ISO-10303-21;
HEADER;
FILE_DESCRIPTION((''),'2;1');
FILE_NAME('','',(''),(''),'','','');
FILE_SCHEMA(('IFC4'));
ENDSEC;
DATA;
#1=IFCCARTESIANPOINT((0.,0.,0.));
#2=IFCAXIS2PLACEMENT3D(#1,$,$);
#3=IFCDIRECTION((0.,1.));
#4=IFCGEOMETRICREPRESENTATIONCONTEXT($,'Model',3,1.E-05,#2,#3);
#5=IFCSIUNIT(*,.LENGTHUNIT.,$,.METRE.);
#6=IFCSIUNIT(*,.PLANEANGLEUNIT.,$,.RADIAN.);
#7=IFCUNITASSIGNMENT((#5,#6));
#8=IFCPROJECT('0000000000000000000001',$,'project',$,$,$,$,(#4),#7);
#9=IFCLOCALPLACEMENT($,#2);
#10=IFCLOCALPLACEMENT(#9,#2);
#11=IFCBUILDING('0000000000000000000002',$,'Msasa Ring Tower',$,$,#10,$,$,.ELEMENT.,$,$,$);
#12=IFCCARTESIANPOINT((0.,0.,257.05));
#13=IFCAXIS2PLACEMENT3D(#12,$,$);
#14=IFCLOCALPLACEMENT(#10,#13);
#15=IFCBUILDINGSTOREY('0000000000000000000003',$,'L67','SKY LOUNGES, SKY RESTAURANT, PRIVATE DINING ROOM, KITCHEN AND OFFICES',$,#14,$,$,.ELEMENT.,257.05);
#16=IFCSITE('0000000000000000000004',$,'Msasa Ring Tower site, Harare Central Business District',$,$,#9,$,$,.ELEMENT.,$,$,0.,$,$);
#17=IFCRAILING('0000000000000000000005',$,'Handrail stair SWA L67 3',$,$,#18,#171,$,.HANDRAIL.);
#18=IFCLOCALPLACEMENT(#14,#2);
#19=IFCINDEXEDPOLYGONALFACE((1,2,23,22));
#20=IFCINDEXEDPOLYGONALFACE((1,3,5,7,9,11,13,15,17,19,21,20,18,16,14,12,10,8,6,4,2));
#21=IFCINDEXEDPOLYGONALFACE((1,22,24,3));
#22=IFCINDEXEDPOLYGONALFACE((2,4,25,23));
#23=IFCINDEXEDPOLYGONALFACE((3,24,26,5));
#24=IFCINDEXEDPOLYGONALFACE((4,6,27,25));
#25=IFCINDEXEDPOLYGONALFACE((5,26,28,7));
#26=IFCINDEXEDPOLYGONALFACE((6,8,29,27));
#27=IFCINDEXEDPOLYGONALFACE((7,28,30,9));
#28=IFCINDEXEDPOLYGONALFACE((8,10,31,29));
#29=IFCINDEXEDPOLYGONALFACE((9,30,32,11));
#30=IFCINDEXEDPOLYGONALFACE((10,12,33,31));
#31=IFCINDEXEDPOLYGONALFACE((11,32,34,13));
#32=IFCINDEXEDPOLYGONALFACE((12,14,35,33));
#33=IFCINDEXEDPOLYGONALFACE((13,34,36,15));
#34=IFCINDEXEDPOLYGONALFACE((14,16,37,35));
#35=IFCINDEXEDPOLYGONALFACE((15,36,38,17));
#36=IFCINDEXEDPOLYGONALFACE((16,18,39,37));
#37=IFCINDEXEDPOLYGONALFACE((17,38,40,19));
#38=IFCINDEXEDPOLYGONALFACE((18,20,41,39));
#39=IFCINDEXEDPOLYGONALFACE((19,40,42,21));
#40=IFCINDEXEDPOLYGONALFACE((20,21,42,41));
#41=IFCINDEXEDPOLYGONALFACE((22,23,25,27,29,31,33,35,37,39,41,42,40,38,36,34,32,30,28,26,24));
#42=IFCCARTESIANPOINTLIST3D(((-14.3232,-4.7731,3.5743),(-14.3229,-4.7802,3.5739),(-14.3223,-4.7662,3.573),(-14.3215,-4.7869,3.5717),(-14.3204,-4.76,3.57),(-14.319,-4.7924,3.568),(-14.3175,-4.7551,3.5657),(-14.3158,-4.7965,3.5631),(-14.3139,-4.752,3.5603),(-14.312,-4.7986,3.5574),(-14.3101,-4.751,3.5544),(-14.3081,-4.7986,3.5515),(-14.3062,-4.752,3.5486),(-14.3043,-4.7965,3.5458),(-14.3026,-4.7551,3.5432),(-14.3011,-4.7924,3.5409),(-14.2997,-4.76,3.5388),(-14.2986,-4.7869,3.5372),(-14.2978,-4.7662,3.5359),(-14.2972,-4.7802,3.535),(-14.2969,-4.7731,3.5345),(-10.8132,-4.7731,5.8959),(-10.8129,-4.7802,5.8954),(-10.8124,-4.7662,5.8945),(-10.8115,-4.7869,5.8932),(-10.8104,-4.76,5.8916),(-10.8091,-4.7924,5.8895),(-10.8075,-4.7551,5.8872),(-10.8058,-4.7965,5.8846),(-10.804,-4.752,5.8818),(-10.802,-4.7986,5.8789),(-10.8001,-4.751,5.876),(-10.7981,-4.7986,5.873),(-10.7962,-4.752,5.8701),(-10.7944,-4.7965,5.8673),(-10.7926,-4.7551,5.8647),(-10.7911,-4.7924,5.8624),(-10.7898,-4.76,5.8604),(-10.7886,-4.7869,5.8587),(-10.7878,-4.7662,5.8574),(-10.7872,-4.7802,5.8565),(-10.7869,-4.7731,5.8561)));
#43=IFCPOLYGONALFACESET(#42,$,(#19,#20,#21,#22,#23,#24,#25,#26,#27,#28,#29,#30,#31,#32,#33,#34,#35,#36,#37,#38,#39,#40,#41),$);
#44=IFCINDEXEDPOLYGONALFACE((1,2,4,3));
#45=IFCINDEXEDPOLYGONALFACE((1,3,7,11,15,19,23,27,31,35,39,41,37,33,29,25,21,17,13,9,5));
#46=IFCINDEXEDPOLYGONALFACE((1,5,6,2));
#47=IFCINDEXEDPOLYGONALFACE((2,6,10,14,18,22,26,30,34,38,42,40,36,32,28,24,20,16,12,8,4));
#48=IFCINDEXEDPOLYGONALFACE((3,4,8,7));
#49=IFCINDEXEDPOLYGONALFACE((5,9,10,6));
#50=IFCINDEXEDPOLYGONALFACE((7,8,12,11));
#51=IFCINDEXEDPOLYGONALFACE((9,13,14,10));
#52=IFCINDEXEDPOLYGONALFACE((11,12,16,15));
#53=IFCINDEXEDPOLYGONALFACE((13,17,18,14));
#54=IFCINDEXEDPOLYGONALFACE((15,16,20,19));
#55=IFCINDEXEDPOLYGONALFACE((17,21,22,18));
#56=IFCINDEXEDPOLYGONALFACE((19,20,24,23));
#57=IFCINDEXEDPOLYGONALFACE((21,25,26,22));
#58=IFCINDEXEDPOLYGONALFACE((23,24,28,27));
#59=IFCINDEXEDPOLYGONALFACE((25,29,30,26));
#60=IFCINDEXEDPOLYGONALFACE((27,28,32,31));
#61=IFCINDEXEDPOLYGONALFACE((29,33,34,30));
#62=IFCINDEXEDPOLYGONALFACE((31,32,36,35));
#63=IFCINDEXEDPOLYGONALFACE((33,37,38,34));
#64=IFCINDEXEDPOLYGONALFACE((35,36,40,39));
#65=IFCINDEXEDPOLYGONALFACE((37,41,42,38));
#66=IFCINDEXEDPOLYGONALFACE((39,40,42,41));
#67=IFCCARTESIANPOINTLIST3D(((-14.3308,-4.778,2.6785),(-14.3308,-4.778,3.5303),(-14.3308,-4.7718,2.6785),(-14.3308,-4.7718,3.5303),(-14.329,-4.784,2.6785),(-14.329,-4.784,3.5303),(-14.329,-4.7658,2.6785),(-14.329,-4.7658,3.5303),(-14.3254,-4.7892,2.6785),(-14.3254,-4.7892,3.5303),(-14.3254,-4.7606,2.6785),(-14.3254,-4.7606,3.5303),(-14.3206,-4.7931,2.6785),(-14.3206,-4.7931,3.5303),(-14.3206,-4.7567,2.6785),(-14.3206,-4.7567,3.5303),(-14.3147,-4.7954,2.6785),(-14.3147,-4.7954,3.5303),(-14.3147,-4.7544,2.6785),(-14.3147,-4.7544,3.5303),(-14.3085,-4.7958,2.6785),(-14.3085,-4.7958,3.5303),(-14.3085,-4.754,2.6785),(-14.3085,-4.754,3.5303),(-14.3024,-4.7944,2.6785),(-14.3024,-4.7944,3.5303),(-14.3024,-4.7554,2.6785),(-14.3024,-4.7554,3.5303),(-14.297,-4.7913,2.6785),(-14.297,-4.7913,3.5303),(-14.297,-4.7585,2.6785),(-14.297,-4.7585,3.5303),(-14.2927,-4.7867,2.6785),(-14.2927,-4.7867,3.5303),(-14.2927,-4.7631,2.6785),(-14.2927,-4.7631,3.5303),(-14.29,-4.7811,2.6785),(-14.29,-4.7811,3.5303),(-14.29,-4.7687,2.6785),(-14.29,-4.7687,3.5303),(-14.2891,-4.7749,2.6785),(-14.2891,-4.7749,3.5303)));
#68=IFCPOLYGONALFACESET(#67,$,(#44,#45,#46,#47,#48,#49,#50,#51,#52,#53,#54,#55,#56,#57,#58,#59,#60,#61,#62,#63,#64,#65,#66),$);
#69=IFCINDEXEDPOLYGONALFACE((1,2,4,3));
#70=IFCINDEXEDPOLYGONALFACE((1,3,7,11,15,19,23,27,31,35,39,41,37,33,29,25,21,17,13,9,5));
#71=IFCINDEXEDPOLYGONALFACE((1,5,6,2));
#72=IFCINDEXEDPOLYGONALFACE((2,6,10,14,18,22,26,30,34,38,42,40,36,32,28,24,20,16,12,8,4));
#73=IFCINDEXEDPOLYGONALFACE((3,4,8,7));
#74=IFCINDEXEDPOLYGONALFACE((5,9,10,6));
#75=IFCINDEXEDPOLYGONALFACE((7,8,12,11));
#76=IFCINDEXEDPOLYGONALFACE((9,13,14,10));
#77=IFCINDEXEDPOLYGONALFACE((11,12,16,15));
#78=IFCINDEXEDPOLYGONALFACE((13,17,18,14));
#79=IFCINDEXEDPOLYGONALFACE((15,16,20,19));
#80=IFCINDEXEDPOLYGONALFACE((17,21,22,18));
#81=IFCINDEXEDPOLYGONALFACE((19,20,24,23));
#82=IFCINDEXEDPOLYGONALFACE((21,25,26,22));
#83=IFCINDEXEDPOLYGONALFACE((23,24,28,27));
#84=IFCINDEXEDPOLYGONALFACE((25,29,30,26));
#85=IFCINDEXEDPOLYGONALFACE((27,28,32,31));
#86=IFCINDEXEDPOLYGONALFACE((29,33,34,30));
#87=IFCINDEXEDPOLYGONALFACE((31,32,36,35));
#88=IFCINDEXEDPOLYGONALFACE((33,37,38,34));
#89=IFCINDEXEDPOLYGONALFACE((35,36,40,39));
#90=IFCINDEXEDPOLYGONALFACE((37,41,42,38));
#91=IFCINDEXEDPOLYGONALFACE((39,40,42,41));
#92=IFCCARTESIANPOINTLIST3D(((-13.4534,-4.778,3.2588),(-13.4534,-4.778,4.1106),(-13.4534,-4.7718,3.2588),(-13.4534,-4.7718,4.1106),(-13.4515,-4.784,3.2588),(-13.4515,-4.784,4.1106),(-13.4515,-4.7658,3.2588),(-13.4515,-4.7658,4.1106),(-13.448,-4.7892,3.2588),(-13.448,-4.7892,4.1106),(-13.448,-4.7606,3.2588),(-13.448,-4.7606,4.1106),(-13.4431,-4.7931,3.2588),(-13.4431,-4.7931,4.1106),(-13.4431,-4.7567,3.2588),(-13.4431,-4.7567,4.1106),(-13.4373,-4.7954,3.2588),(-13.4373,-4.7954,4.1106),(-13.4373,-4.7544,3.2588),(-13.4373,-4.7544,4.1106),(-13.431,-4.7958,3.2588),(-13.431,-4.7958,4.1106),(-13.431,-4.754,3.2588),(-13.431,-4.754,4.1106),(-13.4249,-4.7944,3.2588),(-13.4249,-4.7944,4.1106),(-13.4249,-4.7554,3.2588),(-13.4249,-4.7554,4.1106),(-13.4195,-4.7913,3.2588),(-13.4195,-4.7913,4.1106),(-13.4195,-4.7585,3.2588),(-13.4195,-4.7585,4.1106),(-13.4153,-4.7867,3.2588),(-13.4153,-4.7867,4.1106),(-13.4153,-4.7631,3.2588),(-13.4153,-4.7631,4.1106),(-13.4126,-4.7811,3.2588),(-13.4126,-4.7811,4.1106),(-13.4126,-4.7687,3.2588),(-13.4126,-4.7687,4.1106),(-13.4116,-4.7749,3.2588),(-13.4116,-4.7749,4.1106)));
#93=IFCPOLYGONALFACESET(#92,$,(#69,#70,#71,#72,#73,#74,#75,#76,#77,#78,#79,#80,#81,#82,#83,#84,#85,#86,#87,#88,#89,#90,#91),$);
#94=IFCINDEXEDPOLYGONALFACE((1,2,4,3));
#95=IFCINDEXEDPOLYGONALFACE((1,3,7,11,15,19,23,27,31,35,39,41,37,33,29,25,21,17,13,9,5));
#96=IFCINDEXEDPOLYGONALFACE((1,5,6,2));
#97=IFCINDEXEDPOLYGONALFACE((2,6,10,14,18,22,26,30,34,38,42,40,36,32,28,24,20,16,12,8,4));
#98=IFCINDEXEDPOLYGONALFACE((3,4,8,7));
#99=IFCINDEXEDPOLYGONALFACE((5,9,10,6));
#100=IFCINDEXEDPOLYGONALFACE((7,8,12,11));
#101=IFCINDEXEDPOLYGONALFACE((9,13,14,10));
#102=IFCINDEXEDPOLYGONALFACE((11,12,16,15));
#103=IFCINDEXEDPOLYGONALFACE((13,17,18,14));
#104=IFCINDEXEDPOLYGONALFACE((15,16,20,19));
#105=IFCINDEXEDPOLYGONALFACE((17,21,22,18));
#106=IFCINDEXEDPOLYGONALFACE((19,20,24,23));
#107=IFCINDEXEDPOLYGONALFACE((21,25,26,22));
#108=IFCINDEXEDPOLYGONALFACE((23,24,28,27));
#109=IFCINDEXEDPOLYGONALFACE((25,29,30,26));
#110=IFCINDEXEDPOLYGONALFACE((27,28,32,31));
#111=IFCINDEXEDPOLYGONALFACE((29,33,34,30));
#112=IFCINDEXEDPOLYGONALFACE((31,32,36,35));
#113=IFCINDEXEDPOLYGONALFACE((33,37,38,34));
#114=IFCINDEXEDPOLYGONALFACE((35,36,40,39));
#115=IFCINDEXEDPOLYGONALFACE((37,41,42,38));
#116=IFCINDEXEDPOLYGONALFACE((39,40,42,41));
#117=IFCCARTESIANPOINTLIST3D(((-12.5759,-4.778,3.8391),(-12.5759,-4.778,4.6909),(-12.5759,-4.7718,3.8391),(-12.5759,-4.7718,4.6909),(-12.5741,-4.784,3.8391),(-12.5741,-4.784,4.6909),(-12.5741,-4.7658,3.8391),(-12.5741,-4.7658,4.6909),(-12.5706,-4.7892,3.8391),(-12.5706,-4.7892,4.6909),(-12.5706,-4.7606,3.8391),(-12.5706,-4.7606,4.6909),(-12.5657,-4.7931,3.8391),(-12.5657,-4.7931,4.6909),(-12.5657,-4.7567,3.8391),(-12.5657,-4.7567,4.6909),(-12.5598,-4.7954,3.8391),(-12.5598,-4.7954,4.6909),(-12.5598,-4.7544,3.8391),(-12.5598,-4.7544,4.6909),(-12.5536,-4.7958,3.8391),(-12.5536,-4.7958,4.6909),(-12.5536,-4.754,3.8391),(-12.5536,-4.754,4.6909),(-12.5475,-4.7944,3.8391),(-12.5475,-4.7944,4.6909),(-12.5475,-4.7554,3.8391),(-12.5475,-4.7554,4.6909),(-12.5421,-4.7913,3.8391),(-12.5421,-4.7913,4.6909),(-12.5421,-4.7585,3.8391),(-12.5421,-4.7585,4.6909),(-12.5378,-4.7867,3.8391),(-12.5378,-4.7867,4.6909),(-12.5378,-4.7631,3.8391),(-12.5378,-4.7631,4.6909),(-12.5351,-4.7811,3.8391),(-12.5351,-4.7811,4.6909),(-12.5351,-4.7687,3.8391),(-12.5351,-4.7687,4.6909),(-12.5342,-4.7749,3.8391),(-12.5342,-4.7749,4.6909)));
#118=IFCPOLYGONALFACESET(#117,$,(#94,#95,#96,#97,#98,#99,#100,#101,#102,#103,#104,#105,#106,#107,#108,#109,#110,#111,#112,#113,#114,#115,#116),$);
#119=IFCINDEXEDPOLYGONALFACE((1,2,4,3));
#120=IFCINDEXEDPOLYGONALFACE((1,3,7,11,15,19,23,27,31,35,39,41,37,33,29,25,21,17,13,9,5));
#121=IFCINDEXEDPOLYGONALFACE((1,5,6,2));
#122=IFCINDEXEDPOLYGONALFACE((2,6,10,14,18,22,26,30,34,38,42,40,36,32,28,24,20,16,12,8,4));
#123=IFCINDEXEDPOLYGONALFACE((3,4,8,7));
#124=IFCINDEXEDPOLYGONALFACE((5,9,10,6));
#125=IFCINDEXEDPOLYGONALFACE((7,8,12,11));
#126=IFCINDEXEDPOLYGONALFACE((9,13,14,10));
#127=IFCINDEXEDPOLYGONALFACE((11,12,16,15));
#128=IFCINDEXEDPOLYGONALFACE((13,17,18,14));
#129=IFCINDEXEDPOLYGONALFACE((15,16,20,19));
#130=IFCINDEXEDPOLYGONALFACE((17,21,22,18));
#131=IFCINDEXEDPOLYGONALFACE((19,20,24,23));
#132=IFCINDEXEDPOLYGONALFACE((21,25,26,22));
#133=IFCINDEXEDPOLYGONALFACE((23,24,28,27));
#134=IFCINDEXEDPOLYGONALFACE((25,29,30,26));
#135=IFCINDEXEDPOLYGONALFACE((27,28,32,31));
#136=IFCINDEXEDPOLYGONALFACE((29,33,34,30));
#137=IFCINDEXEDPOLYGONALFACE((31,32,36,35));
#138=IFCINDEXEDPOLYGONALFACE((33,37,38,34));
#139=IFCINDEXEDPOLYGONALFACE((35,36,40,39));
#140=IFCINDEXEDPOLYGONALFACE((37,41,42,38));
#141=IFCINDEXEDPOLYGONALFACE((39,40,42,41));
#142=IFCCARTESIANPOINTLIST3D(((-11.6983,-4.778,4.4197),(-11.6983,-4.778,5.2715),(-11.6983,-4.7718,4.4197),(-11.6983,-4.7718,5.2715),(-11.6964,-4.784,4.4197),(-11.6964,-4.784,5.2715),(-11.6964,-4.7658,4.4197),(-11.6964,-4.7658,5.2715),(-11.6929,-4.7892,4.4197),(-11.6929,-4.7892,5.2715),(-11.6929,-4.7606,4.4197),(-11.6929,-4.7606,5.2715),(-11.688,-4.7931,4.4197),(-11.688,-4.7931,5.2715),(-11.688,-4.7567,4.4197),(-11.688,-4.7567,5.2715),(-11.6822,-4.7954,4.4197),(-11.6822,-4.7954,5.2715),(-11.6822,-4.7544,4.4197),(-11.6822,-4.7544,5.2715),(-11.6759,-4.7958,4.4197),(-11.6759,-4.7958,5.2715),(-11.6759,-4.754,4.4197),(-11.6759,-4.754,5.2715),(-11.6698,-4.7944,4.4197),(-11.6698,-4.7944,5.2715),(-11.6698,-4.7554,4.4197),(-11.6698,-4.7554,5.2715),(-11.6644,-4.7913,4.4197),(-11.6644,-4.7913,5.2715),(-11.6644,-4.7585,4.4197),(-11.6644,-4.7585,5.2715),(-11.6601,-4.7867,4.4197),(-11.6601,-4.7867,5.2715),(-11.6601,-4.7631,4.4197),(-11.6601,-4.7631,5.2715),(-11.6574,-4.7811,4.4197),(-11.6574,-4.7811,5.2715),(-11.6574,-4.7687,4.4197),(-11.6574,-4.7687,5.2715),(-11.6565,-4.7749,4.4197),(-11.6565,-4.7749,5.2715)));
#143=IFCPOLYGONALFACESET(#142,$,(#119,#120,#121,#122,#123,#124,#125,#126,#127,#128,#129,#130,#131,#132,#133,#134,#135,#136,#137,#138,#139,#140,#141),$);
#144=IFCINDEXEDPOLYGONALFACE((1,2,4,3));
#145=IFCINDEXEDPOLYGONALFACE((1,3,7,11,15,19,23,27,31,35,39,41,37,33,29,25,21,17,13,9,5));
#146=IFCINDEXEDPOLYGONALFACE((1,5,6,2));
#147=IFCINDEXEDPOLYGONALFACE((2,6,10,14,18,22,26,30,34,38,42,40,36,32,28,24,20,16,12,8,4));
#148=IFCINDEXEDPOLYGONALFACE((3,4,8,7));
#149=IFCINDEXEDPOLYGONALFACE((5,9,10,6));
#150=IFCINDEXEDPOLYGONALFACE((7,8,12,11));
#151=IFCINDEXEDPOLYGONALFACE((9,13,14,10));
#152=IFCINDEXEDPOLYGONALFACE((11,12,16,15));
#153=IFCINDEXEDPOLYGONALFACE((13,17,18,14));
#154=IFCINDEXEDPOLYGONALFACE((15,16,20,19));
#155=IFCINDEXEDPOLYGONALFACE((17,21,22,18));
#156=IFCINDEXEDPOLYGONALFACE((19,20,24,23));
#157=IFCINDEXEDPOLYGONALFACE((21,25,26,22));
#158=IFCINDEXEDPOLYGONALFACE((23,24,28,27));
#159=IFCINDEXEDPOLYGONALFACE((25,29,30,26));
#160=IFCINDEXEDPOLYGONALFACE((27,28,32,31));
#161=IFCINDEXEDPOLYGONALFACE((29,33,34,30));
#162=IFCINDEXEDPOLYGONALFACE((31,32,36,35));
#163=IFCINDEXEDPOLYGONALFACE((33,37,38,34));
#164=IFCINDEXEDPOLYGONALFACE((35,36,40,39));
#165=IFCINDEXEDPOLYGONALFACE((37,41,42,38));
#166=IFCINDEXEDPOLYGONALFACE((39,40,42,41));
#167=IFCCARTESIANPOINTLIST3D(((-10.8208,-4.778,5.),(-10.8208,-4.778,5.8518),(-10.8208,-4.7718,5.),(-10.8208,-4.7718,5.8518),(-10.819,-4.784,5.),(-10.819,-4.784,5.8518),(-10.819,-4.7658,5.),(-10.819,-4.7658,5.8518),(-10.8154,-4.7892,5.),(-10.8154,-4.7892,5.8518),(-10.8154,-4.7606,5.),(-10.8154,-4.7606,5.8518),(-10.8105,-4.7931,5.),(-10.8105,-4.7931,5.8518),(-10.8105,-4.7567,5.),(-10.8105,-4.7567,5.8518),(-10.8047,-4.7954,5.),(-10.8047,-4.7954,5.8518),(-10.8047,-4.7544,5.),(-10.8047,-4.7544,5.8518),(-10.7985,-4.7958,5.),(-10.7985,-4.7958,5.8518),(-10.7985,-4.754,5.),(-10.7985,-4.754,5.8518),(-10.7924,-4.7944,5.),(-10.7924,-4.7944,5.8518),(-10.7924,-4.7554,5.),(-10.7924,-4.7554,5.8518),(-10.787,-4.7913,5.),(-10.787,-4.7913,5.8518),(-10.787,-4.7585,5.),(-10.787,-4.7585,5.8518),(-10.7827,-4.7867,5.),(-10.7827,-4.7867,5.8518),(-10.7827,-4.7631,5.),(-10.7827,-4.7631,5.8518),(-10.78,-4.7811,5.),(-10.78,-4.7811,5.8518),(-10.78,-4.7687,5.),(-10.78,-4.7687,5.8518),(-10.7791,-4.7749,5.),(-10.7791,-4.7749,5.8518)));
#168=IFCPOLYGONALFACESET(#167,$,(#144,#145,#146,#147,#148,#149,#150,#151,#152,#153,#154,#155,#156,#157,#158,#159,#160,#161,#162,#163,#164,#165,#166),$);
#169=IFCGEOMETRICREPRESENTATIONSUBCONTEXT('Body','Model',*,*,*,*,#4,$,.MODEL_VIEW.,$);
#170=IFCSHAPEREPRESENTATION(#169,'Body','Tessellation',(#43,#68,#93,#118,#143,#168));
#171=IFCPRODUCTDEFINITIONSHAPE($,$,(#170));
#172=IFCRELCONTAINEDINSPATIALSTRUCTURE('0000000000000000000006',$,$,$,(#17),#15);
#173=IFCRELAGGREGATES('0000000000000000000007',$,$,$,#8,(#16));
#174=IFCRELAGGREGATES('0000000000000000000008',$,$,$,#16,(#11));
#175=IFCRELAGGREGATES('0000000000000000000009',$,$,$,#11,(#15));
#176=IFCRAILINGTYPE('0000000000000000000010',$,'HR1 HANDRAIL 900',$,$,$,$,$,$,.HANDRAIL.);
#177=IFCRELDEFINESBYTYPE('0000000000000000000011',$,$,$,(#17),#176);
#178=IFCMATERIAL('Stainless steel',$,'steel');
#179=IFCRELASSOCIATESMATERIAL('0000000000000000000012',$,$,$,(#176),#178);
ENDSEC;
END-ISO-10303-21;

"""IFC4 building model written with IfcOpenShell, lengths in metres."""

from ifc_helpers import new_model, si_unit, direction, frame, origin, origin_2d, place, context, subcontext, project, spatial, circle, extrude, material, type_object, element, save


model = new_model("IFC4")

# Units and contexts
model_context = context("Model", 3, precision=1e-05, world=origin(), true_north=direction((0.0, 1.0)))
body_context = subcontext(model_context, "Body", "Model", "MODEL_VIEW")
ifc_project = project(units=[si_unit("LENGTHUNIT", "METRE"), si_unit("PLANEANGLEUNIT", "RADIAN")], contexts=[model_context])

# Site, building, storey
site_placement = place(None, origin())
site = spatial("IfcSite", under=ifc_project, at=site_placement, Name="Msasa Ring Tower site, Harare Central Business District", CompositionType="ELEMENT", RefElevation=0.0)
building_placement = place(site_placement, origin())
building = spatial("IfcBuilding", under=site, at=building_placement, Name="Msasa Ring Tower", CompositionType="ELEMENT")
storey_placement = place(building_placement, frame((0.0, 0.0, 257.05)))
storey = spatial("IfcBuildingStorey", under=building, at=storey_placement, Name="L67", Description="SKY LOUNGES, SKY RESTAURANT, PRIVATE DINING ROOM, KITCHEN AND OFFICES", CompositionType="ELEMENT", Elevation=257.05)

# Railing
ifc_material_1 = material(Name="Stainless steel", Category="steel")
railing_type = type_object("IfcRailingType", Name="HR1 HANDRAIL 900", PredefinedType="HANDRAIL", material=ifc_material_1)
for number, where, name in (
    (1, (-14.3101, -4.7749, 2.6785), "Handrail stair SWA L67 3"),
):
    element("IfcRailing", number, at=place(storey_placement, frame(where)), inside=storey, type_object=railing_type, Name=name, PredefinedType="HANDRAIL", context=body_context, shape_type="SweptSolid", body=[
        extrude(circle(Radius=0.0239, at=origin_2d()), frame((0.0, 0.0, 0.876), z_axis=(0.834071, 0.0, 0.551657), x_axis=(0.0, 1.0, 0.0)), (0.0, 0.0, 1.0), 4.2083),
        extrude(circle(Radius=0.021, at=origin_2d()), origin(), (0.0, 0.0, 1.0), 0.8518),
        extrude(circle(Radius=0.021, at=origin_2d()), frame((0.8774, 0.0, 0.5803)), (0.0, 0.0, 1.0), 0.8518),
        extrude(circle(Radius=0.021, at=origin_2d()), frame((1.7549, 0.0, 1.1606)), (0.0, 0.0, 1.0), 0.8518),
        extrude(circle(Radius=0.021, at=origin_2d()), frame((2.6326, 0.0, 1.7412)), (0.0, 0.0, 1.0), 0.8518),
        extrude(circle(Radius=0.021, at=origin_2d()), frame((3.51, 0.0, 2.3215)), (0.0, 0.0, 1.0), 0.8518),
    ])

save(model, "model.ifc")
